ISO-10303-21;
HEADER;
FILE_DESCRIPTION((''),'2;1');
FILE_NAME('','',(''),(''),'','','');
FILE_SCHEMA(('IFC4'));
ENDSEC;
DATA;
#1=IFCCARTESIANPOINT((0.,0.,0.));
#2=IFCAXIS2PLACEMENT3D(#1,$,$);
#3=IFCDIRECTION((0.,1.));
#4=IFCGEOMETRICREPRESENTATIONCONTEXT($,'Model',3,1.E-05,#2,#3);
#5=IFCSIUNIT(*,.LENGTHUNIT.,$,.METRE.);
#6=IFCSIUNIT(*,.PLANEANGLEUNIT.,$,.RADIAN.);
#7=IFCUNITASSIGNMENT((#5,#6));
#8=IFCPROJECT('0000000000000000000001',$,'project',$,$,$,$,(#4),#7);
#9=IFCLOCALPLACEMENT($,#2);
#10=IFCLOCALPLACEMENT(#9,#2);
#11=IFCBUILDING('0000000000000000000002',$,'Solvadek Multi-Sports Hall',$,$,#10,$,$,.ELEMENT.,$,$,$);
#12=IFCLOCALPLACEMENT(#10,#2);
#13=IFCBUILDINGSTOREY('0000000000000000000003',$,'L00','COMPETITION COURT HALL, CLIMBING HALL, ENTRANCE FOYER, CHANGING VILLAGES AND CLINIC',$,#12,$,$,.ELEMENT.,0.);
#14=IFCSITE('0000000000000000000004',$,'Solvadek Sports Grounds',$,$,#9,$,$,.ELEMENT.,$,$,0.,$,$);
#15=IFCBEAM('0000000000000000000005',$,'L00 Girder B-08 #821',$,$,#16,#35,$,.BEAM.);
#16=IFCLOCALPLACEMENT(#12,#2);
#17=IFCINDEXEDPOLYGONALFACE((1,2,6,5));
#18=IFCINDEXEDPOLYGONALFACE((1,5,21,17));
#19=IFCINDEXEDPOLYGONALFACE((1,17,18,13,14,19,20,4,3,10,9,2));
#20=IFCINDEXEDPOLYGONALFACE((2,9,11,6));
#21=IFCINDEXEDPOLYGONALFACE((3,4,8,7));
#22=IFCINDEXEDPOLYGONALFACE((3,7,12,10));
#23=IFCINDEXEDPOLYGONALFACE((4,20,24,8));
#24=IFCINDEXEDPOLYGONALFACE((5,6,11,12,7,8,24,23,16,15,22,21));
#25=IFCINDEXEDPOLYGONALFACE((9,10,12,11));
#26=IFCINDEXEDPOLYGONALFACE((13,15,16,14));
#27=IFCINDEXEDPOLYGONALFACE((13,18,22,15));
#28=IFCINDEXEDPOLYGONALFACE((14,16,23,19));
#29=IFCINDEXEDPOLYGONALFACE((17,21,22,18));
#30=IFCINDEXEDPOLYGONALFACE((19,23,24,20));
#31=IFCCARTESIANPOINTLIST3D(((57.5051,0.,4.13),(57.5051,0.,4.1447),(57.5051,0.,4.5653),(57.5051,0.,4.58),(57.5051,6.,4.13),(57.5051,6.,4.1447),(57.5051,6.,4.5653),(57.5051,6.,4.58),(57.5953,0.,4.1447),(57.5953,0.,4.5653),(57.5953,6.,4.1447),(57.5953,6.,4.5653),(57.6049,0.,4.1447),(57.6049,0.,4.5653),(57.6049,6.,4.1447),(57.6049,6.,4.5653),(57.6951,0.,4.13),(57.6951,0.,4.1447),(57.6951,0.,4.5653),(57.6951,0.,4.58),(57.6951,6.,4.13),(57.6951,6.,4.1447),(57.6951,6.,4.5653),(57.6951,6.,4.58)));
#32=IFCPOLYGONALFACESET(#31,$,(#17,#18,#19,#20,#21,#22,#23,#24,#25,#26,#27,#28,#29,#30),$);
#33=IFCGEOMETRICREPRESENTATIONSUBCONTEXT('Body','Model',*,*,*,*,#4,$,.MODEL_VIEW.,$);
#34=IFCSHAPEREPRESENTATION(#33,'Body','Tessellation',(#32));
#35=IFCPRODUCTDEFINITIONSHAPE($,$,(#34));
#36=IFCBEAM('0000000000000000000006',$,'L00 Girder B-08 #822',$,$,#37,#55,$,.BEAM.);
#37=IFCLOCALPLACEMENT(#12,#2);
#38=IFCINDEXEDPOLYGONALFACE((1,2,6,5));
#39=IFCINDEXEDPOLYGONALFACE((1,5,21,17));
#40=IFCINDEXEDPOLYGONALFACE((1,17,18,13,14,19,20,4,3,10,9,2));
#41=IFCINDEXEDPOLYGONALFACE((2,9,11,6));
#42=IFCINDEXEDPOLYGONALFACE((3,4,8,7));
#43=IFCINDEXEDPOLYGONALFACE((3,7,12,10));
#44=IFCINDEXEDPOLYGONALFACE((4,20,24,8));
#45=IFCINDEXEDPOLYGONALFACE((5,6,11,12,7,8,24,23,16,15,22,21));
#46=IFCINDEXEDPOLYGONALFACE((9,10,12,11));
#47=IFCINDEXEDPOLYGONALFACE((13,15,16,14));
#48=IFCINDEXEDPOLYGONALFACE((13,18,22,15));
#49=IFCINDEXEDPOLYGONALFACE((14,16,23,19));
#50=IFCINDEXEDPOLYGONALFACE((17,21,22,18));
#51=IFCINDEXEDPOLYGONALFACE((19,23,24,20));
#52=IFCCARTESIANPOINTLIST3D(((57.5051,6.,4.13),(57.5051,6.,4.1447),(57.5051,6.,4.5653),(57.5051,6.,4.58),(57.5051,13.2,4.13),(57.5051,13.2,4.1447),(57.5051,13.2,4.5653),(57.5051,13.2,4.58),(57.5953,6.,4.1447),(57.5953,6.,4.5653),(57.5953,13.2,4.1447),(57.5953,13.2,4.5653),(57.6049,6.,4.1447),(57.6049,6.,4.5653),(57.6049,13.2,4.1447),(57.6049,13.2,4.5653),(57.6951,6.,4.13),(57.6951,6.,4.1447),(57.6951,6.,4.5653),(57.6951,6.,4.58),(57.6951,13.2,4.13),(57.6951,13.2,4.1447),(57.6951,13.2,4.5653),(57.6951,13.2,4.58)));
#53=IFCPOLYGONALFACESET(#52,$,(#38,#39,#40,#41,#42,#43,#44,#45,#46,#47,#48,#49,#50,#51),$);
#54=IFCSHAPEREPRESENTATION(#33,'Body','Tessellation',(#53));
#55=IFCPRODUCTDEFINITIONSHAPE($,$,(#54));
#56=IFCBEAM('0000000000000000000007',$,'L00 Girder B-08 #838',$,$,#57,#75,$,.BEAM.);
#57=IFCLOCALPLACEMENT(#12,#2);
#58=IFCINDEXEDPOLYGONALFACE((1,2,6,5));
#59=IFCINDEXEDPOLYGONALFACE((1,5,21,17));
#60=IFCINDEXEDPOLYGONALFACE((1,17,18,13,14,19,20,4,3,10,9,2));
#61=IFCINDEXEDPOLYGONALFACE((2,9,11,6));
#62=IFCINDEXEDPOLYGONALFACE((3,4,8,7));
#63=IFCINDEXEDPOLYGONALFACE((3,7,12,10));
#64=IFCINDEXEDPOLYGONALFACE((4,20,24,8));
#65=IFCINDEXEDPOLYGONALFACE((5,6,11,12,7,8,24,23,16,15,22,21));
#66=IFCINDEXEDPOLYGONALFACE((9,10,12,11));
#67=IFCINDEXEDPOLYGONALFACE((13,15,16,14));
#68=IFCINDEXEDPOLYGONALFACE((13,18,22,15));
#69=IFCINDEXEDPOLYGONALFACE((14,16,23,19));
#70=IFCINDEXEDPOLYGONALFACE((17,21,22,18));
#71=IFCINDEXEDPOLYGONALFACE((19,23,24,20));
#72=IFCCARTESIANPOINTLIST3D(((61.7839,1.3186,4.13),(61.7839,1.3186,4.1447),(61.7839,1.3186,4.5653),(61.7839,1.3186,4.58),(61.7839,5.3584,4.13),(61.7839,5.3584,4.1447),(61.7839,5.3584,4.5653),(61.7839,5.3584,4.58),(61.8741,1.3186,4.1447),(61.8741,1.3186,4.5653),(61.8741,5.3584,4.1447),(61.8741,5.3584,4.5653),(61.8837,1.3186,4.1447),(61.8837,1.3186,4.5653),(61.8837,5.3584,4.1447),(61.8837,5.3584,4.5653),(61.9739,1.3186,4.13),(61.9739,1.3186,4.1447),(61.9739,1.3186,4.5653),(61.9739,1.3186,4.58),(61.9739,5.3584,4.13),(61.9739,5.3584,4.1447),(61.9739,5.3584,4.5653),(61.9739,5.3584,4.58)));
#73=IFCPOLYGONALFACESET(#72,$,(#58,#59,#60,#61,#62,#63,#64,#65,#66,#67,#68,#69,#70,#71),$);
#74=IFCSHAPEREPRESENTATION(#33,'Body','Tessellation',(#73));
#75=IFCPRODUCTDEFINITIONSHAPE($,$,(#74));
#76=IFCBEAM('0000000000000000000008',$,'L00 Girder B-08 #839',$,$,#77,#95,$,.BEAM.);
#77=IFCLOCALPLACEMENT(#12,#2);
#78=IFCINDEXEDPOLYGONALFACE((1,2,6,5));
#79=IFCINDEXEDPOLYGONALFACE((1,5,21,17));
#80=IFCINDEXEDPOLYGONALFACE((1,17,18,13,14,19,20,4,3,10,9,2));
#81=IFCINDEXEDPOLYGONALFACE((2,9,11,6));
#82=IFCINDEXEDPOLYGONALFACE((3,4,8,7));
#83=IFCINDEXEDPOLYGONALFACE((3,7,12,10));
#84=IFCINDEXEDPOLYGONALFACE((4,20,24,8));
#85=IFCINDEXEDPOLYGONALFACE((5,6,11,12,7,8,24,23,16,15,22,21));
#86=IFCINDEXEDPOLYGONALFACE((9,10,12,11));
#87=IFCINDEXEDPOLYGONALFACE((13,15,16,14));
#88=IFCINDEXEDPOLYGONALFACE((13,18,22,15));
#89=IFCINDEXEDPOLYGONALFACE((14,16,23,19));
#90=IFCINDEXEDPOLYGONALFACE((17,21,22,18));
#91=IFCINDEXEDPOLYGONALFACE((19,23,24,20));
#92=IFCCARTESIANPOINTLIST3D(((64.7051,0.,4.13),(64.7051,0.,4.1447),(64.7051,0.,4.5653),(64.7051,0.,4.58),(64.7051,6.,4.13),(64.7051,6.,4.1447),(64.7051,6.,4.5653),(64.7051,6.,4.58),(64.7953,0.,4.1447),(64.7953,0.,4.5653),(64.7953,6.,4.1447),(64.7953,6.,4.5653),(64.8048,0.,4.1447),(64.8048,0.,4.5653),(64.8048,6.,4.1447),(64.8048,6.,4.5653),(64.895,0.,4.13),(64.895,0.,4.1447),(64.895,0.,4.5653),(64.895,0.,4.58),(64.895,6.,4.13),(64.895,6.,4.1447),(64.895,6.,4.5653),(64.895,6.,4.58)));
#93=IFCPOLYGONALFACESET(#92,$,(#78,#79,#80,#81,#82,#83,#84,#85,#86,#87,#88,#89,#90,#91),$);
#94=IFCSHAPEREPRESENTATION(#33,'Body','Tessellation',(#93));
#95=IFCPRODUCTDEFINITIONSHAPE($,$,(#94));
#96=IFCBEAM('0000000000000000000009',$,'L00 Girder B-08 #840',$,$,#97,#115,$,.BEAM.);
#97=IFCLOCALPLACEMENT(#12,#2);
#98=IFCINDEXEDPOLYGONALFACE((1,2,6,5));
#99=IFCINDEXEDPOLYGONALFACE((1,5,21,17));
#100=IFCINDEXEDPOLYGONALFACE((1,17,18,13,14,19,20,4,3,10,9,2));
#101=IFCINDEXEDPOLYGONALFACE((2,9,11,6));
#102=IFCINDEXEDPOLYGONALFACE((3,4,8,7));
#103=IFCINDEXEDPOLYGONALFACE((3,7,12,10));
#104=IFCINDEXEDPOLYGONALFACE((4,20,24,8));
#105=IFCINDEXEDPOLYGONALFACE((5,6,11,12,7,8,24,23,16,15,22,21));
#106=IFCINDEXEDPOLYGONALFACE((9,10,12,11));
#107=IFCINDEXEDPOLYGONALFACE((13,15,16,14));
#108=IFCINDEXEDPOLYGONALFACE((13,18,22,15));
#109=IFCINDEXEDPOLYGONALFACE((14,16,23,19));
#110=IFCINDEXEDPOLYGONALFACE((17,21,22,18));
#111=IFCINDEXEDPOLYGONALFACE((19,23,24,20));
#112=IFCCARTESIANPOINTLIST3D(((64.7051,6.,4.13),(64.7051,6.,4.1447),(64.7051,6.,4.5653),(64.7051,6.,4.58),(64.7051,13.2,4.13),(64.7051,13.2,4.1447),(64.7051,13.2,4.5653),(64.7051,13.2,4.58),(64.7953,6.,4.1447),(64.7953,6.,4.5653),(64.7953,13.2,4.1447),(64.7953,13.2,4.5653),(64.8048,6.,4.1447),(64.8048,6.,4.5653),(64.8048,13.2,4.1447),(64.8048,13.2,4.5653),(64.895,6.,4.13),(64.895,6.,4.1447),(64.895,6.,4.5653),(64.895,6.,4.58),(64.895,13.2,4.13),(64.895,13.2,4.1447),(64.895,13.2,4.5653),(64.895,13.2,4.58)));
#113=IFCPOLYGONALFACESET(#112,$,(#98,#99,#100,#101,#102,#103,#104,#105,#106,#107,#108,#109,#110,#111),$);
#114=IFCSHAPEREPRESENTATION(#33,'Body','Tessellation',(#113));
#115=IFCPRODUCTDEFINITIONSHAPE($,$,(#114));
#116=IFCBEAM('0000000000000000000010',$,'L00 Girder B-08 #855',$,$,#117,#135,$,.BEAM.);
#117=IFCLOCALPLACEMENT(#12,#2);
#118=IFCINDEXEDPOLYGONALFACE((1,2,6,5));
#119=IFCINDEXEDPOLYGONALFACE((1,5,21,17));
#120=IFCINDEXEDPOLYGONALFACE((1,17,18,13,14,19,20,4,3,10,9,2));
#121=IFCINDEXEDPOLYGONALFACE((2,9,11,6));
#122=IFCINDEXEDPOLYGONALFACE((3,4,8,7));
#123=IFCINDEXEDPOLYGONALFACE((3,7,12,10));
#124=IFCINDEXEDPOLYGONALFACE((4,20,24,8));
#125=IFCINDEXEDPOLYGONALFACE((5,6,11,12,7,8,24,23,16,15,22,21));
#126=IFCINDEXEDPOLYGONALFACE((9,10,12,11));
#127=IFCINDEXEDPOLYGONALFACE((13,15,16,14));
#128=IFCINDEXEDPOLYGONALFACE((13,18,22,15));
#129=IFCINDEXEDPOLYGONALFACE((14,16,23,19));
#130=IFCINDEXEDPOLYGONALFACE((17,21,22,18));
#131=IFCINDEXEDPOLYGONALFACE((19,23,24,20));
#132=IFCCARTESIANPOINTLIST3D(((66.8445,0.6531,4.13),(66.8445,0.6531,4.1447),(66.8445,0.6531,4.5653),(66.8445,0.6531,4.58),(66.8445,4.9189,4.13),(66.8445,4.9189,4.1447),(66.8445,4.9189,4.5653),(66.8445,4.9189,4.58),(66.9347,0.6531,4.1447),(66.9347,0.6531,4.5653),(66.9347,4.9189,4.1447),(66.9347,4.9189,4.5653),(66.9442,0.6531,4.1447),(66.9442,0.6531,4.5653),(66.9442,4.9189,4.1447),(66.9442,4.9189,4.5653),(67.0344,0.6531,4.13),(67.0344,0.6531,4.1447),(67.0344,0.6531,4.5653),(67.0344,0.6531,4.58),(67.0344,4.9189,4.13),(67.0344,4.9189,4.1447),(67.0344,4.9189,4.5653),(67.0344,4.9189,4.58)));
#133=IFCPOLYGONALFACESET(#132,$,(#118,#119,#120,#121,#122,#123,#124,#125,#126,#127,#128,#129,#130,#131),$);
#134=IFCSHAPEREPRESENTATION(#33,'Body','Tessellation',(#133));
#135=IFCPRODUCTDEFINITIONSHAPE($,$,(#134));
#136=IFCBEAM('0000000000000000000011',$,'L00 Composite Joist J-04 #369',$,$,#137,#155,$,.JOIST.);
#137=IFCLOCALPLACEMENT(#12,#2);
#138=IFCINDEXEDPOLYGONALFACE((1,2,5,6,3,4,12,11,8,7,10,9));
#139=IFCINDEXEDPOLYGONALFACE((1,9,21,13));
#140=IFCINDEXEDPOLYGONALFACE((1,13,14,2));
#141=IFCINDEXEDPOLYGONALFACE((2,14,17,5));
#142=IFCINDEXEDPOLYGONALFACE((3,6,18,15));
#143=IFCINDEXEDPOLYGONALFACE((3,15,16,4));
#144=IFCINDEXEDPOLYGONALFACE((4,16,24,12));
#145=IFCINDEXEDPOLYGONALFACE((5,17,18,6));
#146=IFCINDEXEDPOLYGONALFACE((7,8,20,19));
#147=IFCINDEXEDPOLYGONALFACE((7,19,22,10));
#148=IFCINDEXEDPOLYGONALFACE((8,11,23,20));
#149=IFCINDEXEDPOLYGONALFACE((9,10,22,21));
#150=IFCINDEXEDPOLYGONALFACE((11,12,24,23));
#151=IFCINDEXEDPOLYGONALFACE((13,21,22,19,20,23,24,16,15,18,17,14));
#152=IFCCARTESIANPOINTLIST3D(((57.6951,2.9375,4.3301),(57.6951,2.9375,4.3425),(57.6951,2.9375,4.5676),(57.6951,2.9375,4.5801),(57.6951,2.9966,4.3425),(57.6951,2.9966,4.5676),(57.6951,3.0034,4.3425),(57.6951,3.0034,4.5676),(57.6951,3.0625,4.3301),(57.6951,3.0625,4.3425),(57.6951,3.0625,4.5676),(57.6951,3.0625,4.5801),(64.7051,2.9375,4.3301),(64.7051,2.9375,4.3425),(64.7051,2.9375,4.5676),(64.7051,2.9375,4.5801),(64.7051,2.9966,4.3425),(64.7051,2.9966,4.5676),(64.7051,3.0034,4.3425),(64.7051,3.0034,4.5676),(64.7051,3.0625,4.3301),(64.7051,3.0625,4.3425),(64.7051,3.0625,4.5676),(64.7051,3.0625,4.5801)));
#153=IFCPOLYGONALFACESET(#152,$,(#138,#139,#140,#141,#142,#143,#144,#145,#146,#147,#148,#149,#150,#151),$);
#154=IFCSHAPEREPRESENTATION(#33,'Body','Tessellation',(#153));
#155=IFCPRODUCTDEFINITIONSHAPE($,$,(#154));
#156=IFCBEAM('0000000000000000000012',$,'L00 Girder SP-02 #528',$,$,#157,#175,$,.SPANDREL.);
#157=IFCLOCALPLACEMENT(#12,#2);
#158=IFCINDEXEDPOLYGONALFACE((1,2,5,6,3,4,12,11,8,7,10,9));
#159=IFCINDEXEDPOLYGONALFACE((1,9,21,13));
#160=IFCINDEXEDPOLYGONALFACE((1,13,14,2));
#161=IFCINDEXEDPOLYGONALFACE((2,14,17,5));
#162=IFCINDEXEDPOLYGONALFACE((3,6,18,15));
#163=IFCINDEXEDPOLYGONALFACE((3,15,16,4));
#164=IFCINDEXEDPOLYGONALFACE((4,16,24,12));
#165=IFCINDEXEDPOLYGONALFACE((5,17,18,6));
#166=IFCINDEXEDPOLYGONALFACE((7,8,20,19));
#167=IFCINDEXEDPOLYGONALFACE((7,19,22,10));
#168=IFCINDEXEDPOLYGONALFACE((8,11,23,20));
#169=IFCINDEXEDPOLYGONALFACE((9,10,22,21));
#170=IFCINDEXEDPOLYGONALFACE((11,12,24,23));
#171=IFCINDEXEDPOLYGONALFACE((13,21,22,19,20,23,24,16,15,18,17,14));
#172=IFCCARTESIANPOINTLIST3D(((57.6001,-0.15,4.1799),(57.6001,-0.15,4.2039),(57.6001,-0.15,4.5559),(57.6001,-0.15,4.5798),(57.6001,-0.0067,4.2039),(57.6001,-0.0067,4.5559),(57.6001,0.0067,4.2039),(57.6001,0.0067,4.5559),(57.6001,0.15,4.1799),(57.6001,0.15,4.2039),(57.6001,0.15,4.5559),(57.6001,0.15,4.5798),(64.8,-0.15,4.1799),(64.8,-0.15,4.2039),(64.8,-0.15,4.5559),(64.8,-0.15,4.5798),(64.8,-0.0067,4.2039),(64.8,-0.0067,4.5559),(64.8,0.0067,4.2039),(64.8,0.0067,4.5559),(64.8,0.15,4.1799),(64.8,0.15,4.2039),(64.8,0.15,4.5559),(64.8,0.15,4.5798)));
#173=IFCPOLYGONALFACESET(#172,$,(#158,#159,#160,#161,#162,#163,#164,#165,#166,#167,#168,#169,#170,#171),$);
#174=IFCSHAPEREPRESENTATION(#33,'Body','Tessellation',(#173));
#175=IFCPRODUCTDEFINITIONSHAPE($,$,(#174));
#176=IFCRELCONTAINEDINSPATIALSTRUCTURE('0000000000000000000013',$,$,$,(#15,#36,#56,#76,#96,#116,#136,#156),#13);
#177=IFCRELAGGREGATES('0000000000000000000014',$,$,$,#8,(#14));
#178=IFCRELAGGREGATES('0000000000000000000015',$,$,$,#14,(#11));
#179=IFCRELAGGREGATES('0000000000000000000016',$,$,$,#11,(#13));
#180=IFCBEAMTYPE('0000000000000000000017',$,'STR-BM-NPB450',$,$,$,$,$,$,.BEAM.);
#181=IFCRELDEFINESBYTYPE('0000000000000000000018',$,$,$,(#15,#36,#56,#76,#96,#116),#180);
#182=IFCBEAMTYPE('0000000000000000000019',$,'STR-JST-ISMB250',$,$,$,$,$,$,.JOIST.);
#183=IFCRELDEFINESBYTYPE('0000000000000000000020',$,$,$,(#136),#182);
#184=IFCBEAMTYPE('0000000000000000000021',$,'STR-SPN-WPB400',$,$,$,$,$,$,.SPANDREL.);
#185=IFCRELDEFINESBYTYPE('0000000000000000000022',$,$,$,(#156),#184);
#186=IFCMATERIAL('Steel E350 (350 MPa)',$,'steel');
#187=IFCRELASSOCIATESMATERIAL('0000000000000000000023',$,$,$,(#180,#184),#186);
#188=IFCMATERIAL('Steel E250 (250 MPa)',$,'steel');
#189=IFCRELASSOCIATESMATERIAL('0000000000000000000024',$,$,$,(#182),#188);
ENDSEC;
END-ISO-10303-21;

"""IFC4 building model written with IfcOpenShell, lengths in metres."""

from ifc_helpers import new_model, si_unit, direction, frame, origin, origin_2d, place, context, subcontext, project, spatial, i_section, extrude, material, material_profile, profile_set, type_object, element, save


model = new_model("IFC4")

# Units and contexts
model_context = context("Model", 3, precision=1e-05, world=origin(), true_north=direction((0.0, 1.0)))
body_context = subcontext(model_context, "Body", "Model", "MODEL_VIEW")
ifc_project = project(units=[si_unit("LENGTHUNIT", "METRE"), si_unit("PLANEANGLEUNIT", "RADIAN")], contexts=[model_context])

# Site, building, storey
site_placement = place(None, origin())
site = spatial("IfcSite", under=ifc_project, at=site_placement, Name="Solvadek Sports Grounds", CompositionType="ELEMENT", RefElevation=0.0)
building_placement = place(site_placement, origin())
building = spatial("IfcBuilding", under=site, at=building_placement, Name="Solvadek Multi-Sports Hall", CompositionType="ELEMENT")
storey_placement = place(building_placement, origin())
storey = spatial("IfcBuildingStorey", under=building, at=storey_placement, Name="L00", Description="COMPETITION COURT HALL, CLIMBING HALL, ENTRANCE FOYER, CHANGING VILLAGES AND CLINIC", CompositionType="ELEMENT", Elevation=0.0)

# Shared definitions
ifc_material_1 = material(Name="Steel E350 (350 MPa)", Category="steel")

# Beams
ifc_material_profile_1 = material_profile(ifc_material_1, i_section(OverallWidth=0.1899, OverallDepth=0.45, WebThickness=0.0095, FlangeThickness=0.0146, at=origin_2d()), Name="NPB 450")
ifc_profile_set_1 = profile_set([ifc_material_profile_1], Name="Steel E350 (350 MPa)")
beam_type_1 = type_object("IfcBeamType", Name="STR-BM-NPB450", PredefinedType="BEAM", material=ifc_profile_set_1)
beam_1_placement = place(storey_placement, frame((57.6001, 0.0, 4.355), z_axis=(0.0, 1.0, 0.0), x_axis=(-1.0, 0.0, 0.0)))
element("IfcBeam", 1, at=beam_1_placement, inside=storey, type_object=beam_type_1, Name="L00 Girder B-08 #821", PredefinedType="BEAM", context=body_context, shape_type="SweptSolid", body=[
    extrude(i_section(OverallWidth=0.1899, OverallDepth=0.45, WebThickness=0.0095, FlangeThickness=0.0146, at=origin_2d()), origin(), (0.0, 0.0, 1.0), 6.0),
])
beam_2_placement = place(storey_placement, frame((57.6001, 6.0, 4.355), z_axis=(0.0, 1.0, 0.0), x_axis=(-1.0, 0.0, 0.0)))
element("IfcBeam", 2, at=beam_2_placement, inside=storey, type_object=beam_type_1, Name="L00 Girder B-08 #822", PredefinedType="BEAM", context=body_context, shape_type="SweptSolid", body=[
    extrude(i_section(OverallWidth=0.1899, OverallDepth=0.45, WebThickness=0.0095, FlangeThickness=0.0146, at=origin_2d()), origin(), (0.0, 0.0, 1.0), 7.2),
])
beam_3_placement = place(storey_placement, frame((61.8789, 1.3186, 4.355), z_axis=(0.0, 1.0, 0.0), x_axis=(-1.0, 0.0, 0.0)))
element("IfcBeam", 3, at=beam_3_placement, inside=storey, type_object=beam_type_1, Name="L00 Girder B-08 #838", PredefinedType="BEAM", context=body_context, shape_type="SweptSolid", body=[
    extrude(i_section(OverallWidth=0.1899, OverallDepth=0.45, WebThickness=0.0095, FlangeThickness=0.0146, at=origin_2d()), origin(), (0.0, 0.0, 1.0), 4.0398),
])
beam_4_placement = place(storey_placement, frame((64.8, 0.0, 4.355), z_axis=(0.0, 1.0, 0.0), x_axis=(-1.0, 0.0, 0.0)))
element("IfcBeam", 4, at=beam_4_placement, inside=storey, type_object=beam_type_1, Name="L00 Girder B-08 #839", PredefinedType="BEAM", context=body_context, shape_type="SweptSolid", body=[
    extrude(i_section(OverallWidth=0.1899, OverallDepth=0.45, WebThickness=0.0095, FlangeThickness=0.0146, at=origin_2d()), origin(), (0.0, 0.0, 1.0), 6.0),
])
beam_5_placement = place(storey_placement, frame((64.8, 6.0, 4.355), z_axis=(0.0, 1.0, 0.0), x_axis=(-1.0, 0.0, 0.0)))
element("IfcBeam", 5, at=beam_5_placement, inside=storey, type_object=beam_type_1, Name="L00 Girder B-08 #840", PredefinedType="BEAM", context=body_context, shape_type="SweptSolid", body=[
    extrude(i_section(OverallWidth=0.1899, OverallDepth=0.45, WebThickness=0.0095, FlangeThickness=0.0146, at=origin_2d()), origin(), (0.0, 0.0, 1.0), 7.2),
])
beam_6_placement = place(storey_placement, frame((66.9395, 0.6531, 4.355), z_axis=(0.0, 1.0, 0.0), x_axis=(-1.0, 0.0, 0.0)))
element("IfcBeam", 6, at=beam_6_placement, inside=storey, type_object=beam_type_1, Name="L00 Girder B-08 #855", PredefinedType="BEAM", context=body_context, shape_type="SweptSolid", body=[
    extrude(i_section(OverallWidth=0.1899, OverallDepth=0.45, WebThickness=0.0095, FlangeThickness=0.0146, at=origin_2d()), origin(), (0.0, 0.0, 1.0), 4.2659),
])
ifc_material_2 = material(Name="Steel E250 (250 MPa)", Category="steel")
ifc_material_profile_2 = material_profile(ifc_material_2, i_section(OverallWidth=0.125, OverallDepth=0.25, WebThickness=0.0068, FlangeThickness=0.0125, at=origin_2d()), Name="ISMB 250")
ifc_profile_set_2 = profile_set([ifc_material_profile_2], Name="Steel E250 (250 MPa)")
beam_type_2 = type_object("IfcBeamType", Name="STR-JST-ISMB250", PredefinedType="JOIST", material=ifc_profile_set_2)
beam_7_placement = place(storey_placement, frame((57.6951, 3.0, 4.4551), z_axis=(1.0, 0.0, 0.0), x_axis=(0.0, 1.0, 0.0)))
element("IfcBeam", 7, at=beam_7_placement, inside=storey, type_object=beam_type_2, Name="L00 Composite Joist J-04 #369", PredefinedType="JOIST", context=body_context, shape_type="SweptSolid", body=[
    extrude(i_section(OverallWidth=0.125, OverallDepth=0.25, WebThickness=0.0068, FlangeThickness=0.0125, at=origin_2d()), origin(), (0.0, 0.0, 1.0), 7.01),
])
ifc_material_profile_3 = material_profile(ifc_material_1, i_section(OverallWidth=0.3, OverallDepth=0.3999, WebThickness=0.0134, FlangeThickness=0.0239, at=origin_2d()), Name="WPB 400")
ifc_profile_set_3 = profile_set([ifc_material_profile_3], Name="Steel E350 (350 MPa)")
beam_type_3 = type_object("IfcBeamType", Name="STR-SPN-WPB400", PredefinedType="SPANDREL", material=ifc_profile_set_3)
for number, where, z_axis, x_axis, name in (
    (8, (57.6001, 0.0, 4.3799), (1.0, 0.0, 0.0), (0.0, 1.0, 0.0), "L00 Girder SP-02 #528"),
):
    element("IfcBeam", number, at=place(storey_placement, frame(where, z_axis=z_axis, x_axis=x_axis)), inside=storey, type_object=beam_type_3, Name=name, PredefinedType="SPANDREL", context=body_context, shape_type="SweptSolid", body=[
        extrude(i_section(OverallWidth=0.3, OverallDepth=0.3999, WebThickness=0.0134, FlangeThickness=0.0239, at=origin_2d()), origin(), (0.0, 0.0, 1.0), 7.2),
    ])

save(model, "model.ifc")
